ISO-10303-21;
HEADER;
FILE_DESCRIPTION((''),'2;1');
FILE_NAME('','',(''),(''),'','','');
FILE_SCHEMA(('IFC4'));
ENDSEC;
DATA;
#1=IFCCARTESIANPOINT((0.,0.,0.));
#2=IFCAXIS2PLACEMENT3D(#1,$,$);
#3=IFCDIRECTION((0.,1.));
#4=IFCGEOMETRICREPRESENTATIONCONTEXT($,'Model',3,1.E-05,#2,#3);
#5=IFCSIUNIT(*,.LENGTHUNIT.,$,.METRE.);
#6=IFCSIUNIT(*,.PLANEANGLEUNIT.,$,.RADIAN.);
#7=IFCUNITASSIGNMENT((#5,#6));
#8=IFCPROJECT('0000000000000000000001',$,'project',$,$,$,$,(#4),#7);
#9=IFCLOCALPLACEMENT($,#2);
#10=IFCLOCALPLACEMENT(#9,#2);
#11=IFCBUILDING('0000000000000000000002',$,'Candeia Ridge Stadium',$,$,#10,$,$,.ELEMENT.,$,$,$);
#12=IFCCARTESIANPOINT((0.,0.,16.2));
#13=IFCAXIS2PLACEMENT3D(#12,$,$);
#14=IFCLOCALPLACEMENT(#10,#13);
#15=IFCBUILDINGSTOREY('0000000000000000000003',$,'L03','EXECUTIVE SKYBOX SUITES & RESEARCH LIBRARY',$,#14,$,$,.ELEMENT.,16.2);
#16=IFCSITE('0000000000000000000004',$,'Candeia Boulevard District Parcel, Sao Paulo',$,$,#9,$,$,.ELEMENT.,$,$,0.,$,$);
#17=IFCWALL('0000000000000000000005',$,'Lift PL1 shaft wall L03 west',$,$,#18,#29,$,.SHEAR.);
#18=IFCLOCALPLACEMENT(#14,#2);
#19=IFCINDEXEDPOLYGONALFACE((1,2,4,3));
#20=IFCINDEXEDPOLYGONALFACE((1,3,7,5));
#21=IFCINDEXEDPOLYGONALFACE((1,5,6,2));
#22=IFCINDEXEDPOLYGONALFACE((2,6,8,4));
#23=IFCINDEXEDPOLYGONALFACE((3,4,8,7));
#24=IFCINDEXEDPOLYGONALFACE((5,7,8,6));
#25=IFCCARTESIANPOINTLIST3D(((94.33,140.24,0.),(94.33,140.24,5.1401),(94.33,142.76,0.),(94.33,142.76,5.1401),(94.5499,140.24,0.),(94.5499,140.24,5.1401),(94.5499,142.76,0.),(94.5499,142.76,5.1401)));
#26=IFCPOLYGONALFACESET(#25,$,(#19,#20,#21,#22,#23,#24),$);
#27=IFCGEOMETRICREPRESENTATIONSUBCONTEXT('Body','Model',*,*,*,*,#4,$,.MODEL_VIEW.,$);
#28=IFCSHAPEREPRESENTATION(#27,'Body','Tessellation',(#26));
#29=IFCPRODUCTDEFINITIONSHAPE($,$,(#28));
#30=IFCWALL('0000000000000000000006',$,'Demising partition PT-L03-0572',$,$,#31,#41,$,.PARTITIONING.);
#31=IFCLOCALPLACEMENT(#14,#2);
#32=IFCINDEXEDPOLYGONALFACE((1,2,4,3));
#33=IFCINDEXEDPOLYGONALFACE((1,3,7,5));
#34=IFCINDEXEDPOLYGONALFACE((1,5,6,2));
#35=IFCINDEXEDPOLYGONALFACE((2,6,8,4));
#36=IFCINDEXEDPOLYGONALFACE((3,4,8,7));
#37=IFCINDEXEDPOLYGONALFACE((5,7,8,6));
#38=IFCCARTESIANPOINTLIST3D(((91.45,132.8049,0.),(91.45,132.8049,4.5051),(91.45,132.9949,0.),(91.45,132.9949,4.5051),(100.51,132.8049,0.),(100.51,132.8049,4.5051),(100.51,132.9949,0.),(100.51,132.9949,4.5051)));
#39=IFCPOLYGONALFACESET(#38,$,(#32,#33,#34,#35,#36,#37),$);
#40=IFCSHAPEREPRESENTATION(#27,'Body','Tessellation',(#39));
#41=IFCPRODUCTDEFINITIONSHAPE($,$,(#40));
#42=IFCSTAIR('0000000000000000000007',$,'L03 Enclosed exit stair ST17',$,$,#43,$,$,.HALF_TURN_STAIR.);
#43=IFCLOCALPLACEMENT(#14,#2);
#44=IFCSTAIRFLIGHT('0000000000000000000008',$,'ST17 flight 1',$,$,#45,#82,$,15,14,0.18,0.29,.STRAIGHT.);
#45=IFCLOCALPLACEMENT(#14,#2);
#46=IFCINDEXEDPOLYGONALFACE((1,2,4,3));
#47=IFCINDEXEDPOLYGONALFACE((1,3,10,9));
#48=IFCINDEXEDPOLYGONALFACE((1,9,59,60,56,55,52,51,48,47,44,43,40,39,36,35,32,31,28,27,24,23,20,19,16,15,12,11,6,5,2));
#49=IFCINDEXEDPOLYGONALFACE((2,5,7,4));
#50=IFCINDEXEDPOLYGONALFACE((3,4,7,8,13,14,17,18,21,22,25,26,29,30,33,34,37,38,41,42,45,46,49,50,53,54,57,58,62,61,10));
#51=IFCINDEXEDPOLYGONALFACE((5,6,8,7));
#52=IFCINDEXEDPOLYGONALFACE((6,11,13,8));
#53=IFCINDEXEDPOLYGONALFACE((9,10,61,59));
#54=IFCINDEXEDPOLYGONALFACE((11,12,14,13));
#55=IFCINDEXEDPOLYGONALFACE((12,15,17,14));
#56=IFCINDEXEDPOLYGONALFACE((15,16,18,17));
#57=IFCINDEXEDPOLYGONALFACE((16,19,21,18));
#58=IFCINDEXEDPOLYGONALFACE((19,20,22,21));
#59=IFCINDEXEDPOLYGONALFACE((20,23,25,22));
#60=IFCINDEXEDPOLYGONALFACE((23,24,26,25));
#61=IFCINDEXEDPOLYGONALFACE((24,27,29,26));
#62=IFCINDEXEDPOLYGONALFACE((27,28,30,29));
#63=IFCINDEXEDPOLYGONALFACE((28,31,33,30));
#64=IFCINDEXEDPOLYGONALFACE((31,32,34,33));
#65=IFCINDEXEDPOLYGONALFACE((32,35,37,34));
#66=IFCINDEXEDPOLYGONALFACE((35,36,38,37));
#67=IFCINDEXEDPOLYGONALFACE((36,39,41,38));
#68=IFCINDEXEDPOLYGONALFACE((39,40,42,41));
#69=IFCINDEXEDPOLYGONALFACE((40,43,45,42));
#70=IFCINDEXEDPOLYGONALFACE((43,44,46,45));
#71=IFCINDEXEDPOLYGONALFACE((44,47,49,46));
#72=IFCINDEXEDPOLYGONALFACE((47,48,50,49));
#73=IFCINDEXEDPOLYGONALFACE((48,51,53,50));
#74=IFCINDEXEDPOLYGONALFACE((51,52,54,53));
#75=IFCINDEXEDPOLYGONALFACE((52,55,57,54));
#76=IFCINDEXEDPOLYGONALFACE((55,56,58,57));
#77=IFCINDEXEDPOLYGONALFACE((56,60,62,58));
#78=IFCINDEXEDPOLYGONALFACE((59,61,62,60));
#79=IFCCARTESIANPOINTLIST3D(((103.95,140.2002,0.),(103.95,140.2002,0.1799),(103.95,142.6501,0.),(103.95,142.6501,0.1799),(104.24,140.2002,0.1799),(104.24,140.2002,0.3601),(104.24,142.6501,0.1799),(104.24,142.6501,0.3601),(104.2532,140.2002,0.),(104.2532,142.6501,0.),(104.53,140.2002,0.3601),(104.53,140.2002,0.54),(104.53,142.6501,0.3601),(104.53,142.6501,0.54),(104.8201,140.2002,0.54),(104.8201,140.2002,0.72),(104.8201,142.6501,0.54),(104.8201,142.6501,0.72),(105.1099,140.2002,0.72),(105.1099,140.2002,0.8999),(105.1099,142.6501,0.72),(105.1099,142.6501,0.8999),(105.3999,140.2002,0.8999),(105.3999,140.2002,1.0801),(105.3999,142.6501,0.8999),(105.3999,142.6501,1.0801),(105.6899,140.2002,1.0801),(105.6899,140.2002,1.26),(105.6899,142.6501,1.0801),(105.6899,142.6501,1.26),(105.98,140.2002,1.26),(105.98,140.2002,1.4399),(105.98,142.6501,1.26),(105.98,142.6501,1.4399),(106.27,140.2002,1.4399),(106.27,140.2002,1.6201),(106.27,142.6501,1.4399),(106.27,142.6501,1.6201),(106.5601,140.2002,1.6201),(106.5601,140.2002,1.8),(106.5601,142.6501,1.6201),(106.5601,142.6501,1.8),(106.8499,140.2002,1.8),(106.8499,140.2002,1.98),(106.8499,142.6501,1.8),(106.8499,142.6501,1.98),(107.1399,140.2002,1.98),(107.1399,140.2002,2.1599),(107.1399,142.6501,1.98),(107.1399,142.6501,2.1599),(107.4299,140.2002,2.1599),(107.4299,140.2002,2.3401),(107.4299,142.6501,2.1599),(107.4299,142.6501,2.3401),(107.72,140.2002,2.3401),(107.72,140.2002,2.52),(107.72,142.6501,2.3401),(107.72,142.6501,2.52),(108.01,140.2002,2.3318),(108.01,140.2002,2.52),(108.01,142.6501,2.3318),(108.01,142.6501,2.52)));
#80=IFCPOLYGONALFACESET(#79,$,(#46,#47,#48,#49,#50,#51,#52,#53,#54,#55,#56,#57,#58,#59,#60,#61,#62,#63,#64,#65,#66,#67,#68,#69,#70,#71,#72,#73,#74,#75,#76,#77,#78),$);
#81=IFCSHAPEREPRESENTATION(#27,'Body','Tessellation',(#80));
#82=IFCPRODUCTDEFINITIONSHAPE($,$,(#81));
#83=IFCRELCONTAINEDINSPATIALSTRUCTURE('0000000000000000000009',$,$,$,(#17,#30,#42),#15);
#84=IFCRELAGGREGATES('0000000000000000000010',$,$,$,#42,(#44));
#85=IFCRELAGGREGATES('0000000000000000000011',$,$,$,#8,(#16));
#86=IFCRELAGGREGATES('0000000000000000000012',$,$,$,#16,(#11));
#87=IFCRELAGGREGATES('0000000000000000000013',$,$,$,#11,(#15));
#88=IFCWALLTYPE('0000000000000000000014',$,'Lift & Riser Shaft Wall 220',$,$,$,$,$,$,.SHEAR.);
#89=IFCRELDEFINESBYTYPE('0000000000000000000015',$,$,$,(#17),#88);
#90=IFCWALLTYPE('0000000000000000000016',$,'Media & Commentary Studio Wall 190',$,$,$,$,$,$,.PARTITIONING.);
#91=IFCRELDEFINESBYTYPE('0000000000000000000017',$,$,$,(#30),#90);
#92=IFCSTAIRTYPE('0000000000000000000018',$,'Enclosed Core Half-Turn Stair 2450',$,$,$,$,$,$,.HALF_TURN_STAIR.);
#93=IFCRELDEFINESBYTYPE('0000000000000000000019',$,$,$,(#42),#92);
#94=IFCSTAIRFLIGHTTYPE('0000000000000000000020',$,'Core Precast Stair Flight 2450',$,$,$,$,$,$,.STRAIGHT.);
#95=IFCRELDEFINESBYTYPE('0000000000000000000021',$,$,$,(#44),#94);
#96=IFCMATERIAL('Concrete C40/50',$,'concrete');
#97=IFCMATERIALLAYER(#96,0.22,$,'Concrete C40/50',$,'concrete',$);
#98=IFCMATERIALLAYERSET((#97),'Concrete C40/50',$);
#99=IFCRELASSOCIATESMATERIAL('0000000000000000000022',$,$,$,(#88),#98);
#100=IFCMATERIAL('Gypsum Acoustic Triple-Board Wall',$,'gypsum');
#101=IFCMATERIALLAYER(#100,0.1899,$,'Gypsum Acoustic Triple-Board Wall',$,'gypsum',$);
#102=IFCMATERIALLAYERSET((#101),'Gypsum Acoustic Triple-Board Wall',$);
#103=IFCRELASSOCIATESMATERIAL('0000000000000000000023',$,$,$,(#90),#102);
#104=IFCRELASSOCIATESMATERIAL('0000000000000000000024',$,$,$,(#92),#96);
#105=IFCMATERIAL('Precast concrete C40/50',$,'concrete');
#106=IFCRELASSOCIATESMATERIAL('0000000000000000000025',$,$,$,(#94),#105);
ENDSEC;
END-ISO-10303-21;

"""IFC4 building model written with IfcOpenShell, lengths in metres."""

from ifc_helpers import new_model, si_unit, direction, frame, frame_2d, origin, place, context, subcontext, project, spatial, polyline, rectangle, outline, extrude, material, layer, layer_set, type_object, element, aggregate, save


model = new_model("IFC4")

# Units and contexts
model_context = context("Model", 3, precision=1e-05, world=origin(), true_north=direction((0.0, 1.0)))
body_context = subcontext(model_context, "Body", "Model", "MODEL_VIEW")
ifc_project = project(units=[si_unit("LENGTHUNIT", "METRE"), si_unit("PLANEANGLEUNIT", "RADIAN")], contexts=[model_context])

# Site, building, storey
site_placement = place(None, origin())
site = spatial("IfcSite", under=ifc_project, at=site_placement, Name="Candeia Boulevard District Parcel, Sao Paulo", CompositionType="ELEMENT", RefElevation=0.0)
building_placement = place(site_placement, origin())
building = spatial("IfcBuilding", under=site, at=building_placement, Name="Candeia Ridge Stadium", CompositionType="ELEMENT")
storey_placement = place(building_placement, frame((0.0, 0.0, 16.2)))
storey = spatial("IfcBuildingStorey", under=building, at=storey_placement, Name="L03", Description="EXECUTIVE SKYBOX SUITES & RESEARCH LIBRARY", CompositionType="ELEMENT", Elevation=16.2)

# Shared definitions
ifc_material_1 = material(Name="Concrete C40/50", Category="concrete")

# Shared definitions
ifc_layer_1 = layer(ifc_material_1, 0.22, Name="Concrete C40/50", Category="concrete")
ifc_layer_set_1 = layer_set([ifc_layer_1], Name="Concrete C40/50")
wall_type_1 = type_object("IfcWallType", Name="Lift & Riser Shaft Wall 220", PredefinedType="SHEAR", material=ifc_layer_set_1)

# Walls
wall_1_placement = place(storey_placement, frame((94.4399, 142.76, 0.0), z_axis=(0.0, 0.0, 1.0), x_axis=(0.0, -1.0, 0.0)))
element("IfcWall", 1, at=wall_1_placement, inside=storey, type_object=wall_type_1, Name="Lift PL1 shaft wall L03 west", PredefinedType="SHEAR", context=body_context, shape_type="SweptSolid", body=[
    extrude(rectangle(XDim=2.52, YDim=0.22, at=frame_2d((1.26, 0.0))), origin(), (0.0, 0.0, 1.0), 5.1401),
])
ifc_material_2 = material(Name="Gypsum Acoustic Triple-Board Wall", Category="gypsum")
ifc_layer_2 = layer(ifc_material_2, 0.1899, Name="Gypsum Acoustic Triple-Board Wall", Category="gypsum")
ifc_layer_set_2 = layer_set([ifc_layer_2], Name="Gypsum Acoustic Triple-Board Wall")
wall_type_2 = type_object("IfcWallType", Name="Media & Commentary Studio Wall 190", PredefinedType="PARTITIONING", material=ifc_layer_set_2)
wall_2_placement = place(storey_placement, frame((100.51, 132.8999, 0.0), z_axis=(0.0, 0.0, 1.0), x_axis=(-1.0, 0.0, 0.0)))
element("IfcWall", 2, at=wall_2_placement, inside=storey, type_object=wall_type_2, Name="Demising partition PT-L03-0572", PredefinedType="PARTITIONING", context=body_context, shape_type="SweptSolid", body=[
    extrude(rectangle(XDim=9.0601, YDim=0.1899, at=frame_2d((4.53, 0.0))), origin(), (0.0, 0.0, 1.0), 4.5051),
])

# Stair, stair flight
stair_type = type_object("IfcStairType", Name="Enclosed Core Half-Turn Stair 2450", PredefinedType="HALF_TURN_STAIR", material=ifc_material_1)
stair_placement = place(storey_placement, origin())
stair = element("IfcStair", 3, at=stair_placement, inside=storey, type_object=stair_type, Name="L03 Enclosed exit stair ST17", PredefinedType="HALF_TURN_STAIR")
ifc_material_3 = material(Name="Precast concrete C40/50", Category="concrete")
stair_flight_type = type_object("IfcStairFlightType", Name="Core Precast Stair Flight 2450", PredefinedType="STRAIGHT", material=ifc_material_3)
stair_flight_placement = place(storey_placement, frame((103.95, 141.425, 0.0), z_axis=(0.0, 0.0, 1.0), x_axis=(1.0, 0.0, 0.0)))
stair_flight = element("IfcStairFlight", 4, at=stair_flight_placement, type_object=stair_flight_type, Name="ST17 flight 1", NumberOfRisers=15, NumberOfTreads=14, PredefinedType="STRAIGHT", RiserHeight=0.18, TreadLength=0.29, context=body_context, shape_type="SweptSolid", body=[
    extrude(outline(polyline([(0.0, 0.0), (0.0, 0.1799), (0.29, 0.1799), (0.29, 0.3601), (0.5801, 0.3601), (0.5801, 0.54), (0.8701, 0.54), (0.8701, 0.72), (1.1599, 0.72), (1.1599, 0.8999), (1.45, 0.8999), (1.45, 1.0801), (1.74, 1.0801), (1.74, 1.26), (2.03, 1.26), (2.03, 1.4399), (2.3201, 1.4399), (2.3201, 1.6201), (2.6101, 1.6201), (2.6101, 1.8), (2.8999, 1.8), (2.8999, 1.98), (3.1899, 1.98), (3.1899, 2.1599), (3.48, 2.1599), (3.48, 2.3401), (3.77, 2.3401), (3.77, 2.52), (4.0601, 2.52), (4.0601, 2.7), (4.0601, 2.3318), (0.3032, 0.0), (0.0, 0.0)])), frame((0.0, 1.2251, 0.0), z_axis=(0.0, -1.0, 0.0), x_axis=(1.0, 0.0, 0.0)), (0.0, 0.0, 1.0), 2.45),
])
aggregate(stair, [stair_flight])

save(model, "model.ifc")
